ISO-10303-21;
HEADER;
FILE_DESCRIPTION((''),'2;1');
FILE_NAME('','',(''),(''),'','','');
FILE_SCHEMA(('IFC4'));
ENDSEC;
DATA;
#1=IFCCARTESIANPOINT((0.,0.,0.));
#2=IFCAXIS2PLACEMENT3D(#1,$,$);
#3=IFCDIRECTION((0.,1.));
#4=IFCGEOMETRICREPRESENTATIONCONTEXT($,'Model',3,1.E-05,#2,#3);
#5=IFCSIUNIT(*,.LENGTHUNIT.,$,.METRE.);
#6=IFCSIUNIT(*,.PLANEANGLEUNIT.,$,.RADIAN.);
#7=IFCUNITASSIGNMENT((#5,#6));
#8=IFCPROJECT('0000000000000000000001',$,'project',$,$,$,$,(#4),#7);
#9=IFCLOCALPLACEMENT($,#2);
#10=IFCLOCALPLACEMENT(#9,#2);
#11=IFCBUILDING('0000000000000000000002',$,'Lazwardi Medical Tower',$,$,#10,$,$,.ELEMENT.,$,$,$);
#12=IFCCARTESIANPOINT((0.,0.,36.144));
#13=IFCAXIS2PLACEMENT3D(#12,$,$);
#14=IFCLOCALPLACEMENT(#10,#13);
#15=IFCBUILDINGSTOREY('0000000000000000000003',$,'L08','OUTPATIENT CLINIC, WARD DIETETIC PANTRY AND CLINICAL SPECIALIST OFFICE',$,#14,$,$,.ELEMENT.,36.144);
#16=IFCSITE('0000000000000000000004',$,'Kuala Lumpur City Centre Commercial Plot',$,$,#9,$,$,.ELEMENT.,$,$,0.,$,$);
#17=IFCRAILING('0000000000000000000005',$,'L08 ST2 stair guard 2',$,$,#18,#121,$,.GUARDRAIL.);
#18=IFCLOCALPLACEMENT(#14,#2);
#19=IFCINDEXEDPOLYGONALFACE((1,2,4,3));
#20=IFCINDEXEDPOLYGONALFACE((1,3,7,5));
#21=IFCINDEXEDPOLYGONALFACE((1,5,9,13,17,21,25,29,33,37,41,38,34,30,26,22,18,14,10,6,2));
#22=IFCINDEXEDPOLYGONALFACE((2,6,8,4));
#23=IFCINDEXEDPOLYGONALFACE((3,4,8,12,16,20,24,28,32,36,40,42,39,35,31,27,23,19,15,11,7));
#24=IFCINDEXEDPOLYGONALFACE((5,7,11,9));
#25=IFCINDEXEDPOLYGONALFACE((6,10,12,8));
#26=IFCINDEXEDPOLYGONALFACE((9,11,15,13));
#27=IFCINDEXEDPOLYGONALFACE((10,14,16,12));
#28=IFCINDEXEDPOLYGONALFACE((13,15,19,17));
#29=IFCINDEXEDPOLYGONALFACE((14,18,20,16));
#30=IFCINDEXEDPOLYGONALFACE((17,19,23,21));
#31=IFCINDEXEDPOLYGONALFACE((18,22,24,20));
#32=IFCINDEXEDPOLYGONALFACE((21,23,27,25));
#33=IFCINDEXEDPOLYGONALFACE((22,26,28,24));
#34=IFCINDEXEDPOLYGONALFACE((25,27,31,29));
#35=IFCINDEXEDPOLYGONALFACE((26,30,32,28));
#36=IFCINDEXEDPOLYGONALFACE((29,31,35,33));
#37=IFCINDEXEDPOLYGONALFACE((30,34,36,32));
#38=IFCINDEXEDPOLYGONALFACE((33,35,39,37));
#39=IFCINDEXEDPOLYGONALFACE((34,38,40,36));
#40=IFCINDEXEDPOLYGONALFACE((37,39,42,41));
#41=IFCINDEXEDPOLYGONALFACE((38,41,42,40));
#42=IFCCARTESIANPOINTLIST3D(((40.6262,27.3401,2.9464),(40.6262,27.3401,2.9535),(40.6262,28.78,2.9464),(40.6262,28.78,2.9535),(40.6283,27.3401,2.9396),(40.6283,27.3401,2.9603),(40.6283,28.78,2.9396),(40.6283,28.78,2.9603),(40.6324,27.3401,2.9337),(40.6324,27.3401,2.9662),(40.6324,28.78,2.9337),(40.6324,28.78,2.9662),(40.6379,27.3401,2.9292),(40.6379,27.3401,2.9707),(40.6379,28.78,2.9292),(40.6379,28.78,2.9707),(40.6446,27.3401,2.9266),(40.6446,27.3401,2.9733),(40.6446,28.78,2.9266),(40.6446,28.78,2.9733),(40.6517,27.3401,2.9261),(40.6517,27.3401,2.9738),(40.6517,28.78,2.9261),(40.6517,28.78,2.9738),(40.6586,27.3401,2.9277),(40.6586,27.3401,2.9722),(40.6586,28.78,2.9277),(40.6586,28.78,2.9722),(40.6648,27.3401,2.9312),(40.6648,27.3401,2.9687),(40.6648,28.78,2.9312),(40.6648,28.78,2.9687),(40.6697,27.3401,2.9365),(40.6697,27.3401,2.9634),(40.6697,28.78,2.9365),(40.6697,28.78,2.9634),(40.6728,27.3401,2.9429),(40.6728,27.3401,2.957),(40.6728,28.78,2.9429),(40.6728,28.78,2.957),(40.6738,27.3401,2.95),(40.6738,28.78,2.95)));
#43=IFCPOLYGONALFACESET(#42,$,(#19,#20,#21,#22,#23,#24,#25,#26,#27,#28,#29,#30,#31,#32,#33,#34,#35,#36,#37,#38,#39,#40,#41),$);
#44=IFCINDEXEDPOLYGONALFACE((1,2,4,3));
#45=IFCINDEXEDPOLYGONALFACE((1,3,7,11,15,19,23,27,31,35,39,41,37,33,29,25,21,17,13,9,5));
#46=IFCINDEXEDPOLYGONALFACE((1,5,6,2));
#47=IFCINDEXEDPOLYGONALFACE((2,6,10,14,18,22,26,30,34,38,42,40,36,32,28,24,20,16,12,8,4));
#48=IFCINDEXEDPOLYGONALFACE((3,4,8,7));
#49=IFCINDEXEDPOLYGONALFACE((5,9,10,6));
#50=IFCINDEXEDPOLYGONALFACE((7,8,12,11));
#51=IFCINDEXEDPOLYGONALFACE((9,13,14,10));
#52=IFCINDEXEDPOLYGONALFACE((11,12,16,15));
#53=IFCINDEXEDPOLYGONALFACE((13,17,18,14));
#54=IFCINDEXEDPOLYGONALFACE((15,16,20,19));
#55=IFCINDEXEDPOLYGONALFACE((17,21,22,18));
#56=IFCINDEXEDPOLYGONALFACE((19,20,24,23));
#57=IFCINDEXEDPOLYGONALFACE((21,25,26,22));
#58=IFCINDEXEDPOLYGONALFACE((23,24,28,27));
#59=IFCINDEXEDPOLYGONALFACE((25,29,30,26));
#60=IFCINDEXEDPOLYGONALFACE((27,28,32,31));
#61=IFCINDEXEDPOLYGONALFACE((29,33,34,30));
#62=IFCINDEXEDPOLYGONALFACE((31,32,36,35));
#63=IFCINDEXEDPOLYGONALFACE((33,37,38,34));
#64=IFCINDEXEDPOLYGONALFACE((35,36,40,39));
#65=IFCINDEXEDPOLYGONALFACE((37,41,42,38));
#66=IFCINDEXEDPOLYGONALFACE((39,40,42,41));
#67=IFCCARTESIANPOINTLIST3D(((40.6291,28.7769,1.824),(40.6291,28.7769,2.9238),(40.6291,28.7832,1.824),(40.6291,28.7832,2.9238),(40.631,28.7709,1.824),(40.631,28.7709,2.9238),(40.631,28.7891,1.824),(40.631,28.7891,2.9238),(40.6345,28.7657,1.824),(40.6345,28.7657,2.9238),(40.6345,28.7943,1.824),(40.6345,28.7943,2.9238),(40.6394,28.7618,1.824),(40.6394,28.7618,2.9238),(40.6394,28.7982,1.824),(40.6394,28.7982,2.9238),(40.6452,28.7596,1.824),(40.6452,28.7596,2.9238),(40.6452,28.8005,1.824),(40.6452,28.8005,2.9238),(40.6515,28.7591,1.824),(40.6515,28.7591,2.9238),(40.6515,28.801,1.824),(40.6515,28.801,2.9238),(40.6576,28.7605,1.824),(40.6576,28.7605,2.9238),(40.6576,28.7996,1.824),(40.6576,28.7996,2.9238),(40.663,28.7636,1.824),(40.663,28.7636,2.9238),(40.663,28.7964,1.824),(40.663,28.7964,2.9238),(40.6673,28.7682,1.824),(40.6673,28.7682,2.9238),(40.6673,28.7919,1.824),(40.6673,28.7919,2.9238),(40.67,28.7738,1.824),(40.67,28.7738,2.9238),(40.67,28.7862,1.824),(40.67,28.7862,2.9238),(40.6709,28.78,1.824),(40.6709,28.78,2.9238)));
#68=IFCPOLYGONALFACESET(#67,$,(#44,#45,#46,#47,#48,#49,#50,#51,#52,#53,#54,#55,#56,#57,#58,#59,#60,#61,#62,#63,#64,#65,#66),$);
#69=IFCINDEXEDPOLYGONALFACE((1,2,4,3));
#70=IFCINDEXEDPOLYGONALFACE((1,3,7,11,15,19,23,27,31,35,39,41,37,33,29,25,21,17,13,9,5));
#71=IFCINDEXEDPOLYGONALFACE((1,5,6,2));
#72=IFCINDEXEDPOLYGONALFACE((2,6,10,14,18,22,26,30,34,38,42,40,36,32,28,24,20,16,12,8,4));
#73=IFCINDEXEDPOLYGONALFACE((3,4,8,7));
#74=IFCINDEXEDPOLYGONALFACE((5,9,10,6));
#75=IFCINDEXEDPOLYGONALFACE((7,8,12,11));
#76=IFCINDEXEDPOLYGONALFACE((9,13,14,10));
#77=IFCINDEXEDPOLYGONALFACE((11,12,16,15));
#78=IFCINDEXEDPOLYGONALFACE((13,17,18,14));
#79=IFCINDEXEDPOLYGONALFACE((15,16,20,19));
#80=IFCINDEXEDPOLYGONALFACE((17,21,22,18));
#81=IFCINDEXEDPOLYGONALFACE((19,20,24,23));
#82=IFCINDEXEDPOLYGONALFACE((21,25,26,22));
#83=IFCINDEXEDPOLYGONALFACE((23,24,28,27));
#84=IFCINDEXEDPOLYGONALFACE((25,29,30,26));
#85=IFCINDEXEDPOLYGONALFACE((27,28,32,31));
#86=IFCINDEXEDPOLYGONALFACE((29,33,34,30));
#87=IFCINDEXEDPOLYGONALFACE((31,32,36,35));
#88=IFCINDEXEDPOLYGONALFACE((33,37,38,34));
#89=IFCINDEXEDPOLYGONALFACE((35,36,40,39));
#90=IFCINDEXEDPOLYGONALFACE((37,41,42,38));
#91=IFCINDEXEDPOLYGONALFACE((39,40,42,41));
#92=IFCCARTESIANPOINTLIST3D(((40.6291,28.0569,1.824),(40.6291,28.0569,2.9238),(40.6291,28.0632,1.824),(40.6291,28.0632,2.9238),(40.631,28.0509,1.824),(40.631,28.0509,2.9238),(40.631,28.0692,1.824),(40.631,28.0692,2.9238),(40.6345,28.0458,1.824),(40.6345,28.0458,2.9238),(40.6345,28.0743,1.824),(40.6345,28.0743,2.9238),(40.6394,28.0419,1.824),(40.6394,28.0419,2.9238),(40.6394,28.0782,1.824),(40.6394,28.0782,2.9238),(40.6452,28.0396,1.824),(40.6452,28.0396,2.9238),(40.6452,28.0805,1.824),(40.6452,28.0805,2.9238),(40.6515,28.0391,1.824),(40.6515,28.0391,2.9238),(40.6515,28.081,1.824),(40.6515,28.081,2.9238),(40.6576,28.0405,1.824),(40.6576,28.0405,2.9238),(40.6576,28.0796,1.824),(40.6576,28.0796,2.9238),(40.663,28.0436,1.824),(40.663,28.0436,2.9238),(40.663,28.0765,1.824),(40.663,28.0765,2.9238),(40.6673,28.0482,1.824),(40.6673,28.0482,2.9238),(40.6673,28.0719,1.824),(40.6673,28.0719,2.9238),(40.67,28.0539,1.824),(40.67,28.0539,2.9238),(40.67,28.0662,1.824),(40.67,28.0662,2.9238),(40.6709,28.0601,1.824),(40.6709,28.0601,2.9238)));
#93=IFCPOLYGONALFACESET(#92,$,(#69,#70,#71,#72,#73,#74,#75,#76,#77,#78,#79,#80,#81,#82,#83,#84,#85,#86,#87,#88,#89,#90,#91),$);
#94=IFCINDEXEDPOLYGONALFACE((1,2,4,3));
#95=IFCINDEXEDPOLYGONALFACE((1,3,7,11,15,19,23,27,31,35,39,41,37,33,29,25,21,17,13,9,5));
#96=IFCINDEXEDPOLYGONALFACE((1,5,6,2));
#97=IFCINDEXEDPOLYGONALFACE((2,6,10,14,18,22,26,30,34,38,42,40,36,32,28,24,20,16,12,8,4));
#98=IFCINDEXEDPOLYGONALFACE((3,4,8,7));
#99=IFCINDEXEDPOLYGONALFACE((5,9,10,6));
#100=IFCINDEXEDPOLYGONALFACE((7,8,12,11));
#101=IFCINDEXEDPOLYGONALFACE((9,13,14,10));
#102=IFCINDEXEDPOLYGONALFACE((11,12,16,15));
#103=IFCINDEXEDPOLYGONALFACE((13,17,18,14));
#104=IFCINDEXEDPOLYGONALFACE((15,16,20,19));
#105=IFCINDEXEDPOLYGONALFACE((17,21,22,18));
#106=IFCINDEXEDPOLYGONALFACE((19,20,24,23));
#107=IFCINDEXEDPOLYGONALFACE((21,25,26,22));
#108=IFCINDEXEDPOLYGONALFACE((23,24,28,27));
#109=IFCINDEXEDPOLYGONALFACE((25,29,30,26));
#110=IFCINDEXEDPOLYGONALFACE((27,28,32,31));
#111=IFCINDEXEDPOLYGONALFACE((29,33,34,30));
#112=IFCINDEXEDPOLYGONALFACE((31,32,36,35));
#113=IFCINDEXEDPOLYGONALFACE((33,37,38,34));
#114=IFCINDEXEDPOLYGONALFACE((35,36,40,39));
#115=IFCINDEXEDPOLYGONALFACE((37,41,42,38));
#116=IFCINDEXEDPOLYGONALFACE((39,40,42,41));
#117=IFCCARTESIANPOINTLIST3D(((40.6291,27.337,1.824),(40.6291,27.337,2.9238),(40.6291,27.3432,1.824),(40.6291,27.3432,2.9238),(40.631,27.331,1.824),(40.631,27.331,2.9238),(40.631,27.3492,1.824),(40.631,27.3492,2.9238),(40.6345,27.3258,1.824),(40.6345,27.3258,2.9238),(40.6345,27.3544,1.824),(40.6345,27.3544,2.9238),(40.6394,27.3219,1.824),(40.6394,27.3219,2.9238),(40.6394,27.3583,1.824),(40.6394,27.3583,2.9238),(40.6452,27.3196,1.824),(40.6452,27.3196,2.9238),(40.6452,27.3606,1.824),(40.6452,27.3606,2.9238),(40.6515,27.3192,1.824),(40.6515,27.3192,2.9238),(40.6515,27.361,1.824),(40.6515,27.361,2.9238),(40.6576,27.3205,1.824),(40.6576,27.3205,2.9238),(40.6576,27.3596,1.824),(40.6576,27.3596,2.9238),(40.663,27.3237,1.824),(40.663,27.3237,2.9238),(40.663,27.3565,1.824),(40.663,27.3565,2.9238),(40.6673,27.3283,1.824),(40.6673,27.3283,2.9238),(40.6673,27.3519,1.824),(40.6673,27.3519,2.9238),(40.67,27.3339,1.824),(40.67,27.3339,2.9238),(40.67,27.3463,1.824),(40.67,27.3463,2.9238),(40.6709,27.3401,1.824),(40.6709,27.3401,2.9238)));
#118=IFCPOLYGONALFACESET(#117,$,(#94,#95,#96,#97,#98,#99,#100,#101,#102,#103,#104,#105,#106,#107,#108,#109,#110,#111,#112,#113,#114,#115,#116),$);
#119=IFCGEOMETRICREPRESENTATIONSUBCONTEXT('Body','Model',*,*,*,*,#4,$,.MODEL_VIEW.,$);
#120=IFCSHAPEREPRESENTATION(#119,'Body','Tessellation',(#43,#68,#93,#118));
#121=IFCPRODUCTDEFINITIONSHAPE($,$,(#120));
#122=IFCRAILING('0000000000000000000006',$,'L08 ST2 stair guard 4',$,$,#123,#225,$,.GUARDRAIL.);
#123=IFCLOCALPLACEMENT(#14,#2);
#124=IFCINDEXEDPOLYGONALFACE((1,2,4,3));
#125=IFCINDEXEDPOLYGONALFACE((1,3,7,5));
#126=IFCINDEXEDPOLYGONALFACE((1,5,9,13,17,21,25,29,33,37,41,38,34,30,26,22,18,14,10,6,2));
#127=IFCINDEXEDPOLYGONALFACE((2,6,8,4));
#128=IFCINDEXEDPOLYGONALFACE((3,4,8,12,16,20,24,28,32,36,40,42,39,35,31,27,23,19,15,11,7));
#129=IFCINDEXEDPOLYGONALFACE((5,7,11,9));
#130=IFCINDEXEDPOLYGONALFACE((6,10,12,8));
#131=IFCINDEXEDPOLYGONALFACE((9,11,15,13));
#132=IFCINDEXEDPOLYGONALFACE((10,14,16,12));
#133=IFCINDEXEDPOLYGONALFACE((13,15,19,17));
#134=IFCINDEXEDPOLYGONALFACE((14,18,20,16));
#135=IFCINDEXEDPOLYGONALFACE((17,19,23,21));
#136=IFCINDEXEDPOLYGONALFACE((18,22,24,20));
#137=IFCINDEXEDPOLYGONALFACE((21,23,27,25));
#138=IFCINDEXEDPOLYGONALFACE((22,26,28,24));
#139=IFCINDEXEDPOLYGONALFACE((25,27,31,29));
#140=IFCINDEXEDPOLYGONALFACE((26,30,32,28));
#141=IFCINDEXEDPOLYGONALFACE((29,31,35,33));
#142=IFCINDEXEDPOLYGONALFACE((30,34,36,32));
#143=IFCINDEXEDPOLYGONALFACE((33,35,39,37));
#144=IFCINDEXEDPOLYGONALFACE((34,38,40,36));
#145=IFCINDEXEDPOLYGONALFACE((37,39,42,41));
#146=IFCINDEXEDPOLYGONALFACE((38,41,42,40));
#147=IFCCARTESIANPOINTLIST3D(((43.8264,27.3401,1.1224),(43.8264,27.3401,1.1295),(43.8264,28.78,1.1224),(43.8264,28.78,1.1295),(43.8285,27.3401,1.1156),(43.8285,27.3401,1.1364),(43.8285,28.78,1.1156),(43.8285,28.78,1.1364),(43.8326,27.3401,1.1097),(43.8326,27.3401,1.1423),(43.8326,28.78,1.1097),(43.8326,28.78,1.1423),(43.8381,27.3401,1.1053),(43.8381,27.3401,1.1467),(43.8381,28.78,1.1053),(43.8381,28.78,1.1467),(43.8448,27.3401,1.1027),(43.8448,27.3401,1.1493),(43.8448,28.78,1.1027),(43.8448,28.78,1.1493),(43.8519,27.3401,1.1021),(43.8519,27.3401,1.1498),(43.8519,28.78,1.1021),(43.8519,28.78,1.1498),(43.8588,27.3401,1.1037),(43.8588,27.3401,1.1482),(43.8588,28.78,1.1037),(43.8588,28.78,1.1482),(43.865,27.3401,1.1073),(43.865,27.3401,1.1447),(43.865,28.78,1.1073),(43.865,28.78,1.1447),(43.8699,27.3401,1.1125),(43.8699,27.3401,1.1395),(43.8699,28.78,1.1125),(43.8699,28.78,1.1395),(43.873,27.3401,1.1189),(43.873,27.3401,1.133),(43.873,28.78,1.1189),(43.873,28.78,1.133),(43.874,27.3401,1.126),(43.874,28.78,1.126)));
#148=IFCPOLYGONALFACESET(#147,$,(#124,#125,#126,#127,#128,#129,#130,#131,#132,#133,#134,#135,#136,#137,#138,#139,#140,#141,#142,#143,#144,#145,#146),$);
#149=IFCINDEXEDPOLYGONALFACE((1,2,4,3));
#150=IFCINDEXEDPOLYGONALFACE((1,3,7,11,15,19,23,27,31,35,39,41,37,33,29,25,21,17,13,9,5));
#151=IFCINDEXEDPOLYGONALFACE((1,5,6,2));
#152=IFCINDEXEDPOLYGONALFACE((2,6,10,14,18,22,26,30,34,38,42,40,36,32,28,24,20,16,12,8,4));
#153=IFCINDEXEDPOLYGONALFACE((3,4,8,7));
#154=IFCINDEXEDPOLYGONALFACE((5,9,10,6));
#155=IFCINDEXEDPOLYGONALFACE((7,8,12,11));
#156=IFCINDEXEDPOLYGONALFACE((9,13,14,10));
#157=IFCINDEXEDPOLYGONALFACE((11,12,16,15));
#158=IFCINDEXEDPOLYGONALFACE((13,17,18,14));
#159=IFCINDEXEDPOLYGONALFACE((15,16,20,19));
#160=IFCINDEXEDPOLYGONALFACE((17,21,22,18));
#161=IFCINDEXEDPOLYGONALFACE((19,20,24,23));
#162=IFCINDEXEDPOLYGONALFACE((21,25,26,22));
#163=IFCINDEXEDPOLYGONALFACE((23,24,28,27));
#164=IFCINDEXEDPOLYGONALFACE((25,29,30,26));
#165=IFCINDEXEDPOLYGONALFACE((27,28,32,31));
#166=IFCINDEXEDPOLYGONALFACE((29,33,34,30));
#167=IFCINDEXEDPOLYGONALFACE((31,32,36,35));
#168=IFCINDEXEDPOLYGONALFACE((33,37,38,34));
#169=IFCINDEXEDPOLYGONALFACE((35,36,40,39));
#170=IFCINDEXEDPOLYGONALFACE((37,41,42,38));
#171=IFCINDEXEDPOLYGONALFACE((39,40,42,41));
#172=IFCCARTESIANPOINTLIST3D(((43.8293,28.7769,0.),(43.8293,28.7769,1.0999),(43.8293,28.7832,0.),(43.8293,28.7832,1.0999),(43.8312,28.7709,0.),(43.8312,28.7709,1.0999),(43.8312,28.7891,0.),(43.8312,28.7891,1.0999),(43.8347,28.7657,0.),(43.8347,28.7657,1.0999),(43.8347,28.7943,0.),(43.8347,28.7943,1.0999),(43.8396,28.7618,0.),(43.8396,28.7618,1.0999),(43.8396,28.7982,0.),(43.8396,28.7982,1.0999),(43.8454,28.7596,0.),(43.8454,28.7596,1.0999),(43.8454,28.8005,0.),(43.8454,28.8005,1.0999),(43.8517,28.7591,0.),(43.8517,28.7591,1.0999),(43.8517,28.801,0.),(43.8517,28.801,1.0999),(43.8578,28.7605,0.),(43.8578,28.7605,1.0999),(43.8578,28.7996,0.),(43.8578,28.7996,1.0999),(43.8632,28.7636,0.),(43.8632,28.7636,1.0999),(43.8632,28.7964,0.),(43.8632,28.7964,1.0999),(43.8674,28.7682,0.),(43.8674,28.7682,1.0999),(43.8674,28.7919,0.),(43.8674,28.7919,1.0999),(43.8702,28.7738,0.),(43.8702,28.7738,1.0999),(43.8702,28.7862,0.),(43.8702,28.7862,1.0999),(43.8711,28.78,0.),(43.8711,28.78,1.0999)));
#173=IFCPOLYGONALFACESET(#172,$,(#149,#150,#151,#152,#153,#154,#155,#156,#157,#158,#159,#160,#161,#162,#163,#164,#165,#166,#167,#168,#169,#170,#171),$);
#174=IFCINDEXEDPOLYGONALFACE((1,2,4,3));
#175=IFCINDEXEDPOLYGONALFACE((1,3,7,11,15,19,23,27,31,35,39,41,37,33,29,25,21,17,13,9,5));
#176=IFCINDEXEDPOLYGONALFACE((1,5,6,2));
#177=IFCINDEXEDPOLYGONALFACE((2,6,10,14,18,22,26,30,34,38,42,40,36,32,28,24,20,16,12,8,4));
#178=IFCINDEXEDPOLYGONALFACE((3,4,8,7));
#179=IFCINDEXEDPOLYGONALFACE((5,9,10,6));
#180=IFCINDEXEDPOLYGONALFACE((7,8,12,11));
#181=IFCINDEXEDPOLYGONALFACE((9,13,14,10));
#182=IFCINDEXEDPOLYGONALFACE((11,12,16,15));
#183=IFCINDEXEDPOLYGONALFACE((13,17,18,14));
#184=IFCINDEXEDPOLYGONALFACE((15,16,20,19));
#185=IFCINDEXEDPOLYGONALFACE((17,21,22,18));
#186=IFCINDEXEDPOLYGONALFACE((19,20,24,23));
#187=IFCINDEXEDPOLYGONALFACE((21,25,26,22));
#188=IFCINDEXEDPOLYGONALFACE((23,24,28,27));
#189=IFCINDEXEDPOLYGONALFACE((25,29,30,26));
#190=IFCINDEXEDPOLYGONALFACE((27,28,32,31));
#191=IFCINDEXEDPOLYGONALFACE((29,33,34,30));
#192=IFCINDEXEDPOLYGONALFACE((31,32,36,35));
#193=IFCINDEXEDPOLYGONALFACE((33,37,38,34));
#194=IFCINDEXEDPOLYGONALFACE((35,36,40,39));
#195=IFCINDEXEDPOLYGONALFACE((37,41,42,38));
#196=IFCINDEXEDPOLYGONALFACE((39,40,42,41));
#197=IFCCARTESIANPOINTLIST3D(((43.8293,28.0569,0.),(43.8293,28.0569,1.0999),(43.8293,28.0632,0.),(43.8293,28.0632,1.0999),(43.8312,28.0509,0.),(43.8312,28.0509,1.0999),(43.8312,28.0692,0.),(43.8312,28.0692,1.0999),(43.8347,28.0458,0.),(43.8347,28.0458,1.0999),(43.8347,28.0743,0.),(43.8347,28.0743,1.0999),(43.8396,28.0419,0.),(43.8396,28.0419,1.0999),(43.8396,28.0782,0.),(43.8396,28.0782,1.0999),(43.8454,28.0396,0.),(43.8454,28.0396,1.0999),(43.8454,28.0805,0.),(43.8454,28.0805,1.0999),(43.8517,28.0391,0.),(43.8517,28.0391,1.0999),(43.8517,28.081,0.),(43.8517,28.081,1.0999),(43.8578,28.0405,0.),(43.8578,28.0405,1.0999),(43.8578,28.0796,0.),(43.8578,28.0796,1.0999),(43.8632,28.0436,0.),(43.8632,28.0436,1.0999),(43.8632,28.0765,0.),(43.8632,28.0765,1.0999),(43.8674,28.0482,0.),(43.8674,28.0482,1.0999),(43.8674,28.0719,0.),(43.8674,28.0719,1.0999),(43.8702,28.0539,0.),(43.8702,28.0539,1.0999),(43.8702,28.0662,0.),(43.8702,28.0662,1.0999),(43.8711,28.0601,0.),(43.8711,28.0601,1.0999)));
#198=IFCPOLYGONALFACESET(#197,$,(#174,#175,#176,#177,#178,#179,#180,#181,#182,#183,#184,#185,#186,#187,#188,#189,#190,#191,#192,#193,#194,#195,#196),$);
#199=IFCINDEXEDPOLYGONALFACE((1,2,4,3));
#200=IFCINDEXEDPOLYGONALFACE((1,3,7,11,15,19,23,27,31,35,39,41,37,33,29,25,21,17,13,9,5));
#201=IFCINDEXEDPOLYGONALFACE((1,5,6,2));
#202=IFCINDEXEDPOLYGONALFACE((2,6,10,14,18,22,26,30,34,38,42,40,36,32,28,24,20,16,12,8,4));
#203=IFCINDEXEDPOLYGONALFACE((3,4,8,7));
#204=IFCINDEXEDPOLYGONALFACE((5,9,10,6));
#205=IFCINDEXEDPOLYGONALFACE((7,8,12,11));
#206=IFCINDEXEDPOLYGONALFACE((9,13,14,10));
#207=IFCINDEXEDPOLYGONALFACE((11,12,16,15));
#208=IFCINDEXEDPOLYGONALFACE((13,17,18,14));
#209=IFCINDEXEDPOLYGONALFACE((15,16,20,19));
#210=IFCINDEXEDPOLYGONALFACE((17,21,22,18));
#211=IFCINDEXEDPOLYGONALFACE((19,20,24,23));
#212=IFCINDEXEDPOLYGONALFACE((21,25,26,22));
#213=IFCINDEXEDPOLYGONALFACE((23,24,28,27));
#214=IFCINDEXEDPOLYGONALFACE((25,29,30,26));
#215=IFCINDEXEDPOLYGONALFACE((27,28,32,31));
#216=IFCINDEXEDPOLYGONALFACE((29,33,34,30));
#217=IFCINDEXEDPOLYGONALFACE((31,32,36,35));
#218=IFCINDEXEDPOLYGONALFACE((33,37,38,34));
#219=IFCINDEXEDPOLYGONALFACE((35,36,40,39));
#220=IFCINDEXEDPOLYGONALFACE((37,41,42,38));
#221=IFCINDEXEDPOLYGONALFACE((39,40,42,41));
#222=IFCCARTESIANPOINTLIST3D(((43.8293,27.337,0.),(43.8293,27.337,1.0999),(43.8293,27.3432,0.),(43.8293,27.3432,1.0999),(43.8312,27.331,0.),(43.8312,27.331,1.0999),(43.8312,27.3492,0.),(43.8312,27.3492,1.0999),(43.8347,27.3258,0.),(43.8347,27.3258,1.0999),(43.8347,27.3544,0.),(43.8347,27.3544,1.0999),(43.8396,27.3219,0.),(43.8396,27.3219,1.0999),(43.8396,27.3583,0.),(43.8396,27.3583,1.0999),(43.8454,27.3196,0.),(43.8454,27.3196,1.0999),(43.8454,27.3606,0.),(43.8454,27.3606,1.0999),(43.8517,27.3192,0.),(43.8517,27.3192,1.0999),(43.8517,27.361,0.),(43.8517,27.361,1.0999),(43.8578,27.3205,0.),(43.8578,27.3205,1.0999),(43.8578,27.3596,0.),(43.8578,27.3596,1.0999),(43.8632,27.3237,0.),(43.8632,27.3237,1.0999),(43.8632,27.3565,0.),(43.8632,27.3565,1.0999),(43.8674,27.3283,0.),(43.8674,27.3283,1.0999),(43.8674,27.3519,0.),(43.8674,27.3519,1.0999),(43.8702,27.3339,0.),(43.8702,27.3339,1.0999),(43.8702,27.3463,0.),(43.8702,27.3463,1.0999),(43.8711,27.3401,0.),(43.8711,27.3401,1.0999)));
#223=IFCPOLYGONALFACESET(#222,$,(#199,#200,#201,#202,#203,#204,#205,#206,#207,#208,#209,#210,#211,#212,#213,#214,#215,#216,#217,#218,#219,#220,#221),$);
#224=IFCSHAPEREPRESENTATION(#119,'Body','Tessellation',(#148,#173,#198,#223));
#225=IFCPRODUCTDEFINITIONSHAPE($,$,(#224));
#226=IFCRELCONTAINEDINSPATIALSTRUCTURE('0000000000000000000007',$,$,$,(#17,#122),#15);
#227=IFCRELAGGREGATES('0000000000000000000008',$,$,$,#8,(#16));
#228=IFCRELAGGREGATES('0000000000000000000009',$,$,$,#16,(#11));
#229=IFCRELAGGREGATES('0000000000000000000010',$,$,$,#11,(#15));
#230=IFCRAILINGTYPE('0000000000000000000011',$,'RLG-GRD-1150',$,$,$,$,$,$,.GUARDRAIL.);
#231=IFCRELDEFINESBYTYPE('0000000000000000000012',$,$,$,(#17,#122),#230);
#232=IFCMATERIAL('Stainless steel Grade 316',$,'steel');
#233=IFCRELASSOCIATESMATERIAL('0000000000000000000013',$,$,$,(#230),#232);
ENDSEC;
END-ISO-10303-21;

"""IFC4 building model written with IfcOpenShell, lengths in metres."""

from ifc_helpers import new_model, si_unit, direction, frame, origin, origin_2d, place, context, subcontext, project, spatial, circle, extrude, material, type_object, element, save


model = new_model("IFC4")

# Units and contexts
model_context = context("Model", 3, precision=1e-05, world=origin(), true_north=direction((0.0, 1.0)))
body_context = subcontext(model_context, "Body", "Model", "MODEL_VIEW")
ifc_project = project(units=[si_unit("LENGTHUNIT", "METRE"), si_unit("PLANEANGLEUNIT", "RADIAN")], contexts=[model_context])

# Site, building, storey
site_placement = place(None, origin())
site = spatial("IfcSite", under=ifc_project, at=site_placement, Name="Kuala Lumpur City Centre Commercial Plot", CompositionType="ELEMENT", RefElevation=0.0)
building_placement = place(site_placement, origin())
building = spatial("IfcBuilding", under=site, at=building_placement, Name="Lazwardi Medical Tower", CompositionType="ELEMENT")
storey_placement = place(building_placement, frame((0.0, 0.0, 36.144)))
storey = spatial("IfcBuildingStorey", under=building, at=storey_placement, Name="L08", Description="OUTPATIENT CLINIC, WARD DIETETIC PANTRY AND CLINICAL SPECIALIST OFFICE", CompositionType="ELEMENT", Elevation=36.144)

# Railings
ifc_material_1 = material(Name="Stainless steel Grade 316", Category="steel")
railing_type_1 = type_object("IfcRailingType", Name="RLG-GRD-1150", PredefinedType="GUARDRAIL", material=ifc_material_1)
for number, where, name in (
    (1, (40.6499, 28.78, 1.824), "L08 ST2 stair guard 2"),
    (2, (43.8501, 28.78, 0.0), "L08 ST2 stair guard 4"),
):
    element("IfcRailing", number, at=place(storey_placement, frame(where)), inside=storey, type_object=railing_type_1, Name=name, PredefinedType="GUARDRAIL", context=body_context, shape_type="SweptSolid", body=[
        extrude(circle(Radius=0.0239, at=origin_2d()), frame((0.0, 0.0, 1.126), z_axis=(0.0, -1.0, 0.0), x_axis=(1.0, 0.0, 0.0)), (0.0, 0.0, 1.0), 1.4399),
        extrude(circle(Radius=0.021, at=origin_2d()), origin(), (0.0, 0.0, 1.0), 1.0999),
        extrude(circle(Radius=0.021, at=origin_2d()), frame((0.0, -0.72, 0.0)), (0.0, 0.0, 1.0), 1.0999),
        extrude(circle(Radius=0.021, at=origin_2d()), frame((0.0, -1.4399, 0.0)), (0.0, 0.0, 1.0), 1.0999),
    ])

save(model, "model.ifc")
